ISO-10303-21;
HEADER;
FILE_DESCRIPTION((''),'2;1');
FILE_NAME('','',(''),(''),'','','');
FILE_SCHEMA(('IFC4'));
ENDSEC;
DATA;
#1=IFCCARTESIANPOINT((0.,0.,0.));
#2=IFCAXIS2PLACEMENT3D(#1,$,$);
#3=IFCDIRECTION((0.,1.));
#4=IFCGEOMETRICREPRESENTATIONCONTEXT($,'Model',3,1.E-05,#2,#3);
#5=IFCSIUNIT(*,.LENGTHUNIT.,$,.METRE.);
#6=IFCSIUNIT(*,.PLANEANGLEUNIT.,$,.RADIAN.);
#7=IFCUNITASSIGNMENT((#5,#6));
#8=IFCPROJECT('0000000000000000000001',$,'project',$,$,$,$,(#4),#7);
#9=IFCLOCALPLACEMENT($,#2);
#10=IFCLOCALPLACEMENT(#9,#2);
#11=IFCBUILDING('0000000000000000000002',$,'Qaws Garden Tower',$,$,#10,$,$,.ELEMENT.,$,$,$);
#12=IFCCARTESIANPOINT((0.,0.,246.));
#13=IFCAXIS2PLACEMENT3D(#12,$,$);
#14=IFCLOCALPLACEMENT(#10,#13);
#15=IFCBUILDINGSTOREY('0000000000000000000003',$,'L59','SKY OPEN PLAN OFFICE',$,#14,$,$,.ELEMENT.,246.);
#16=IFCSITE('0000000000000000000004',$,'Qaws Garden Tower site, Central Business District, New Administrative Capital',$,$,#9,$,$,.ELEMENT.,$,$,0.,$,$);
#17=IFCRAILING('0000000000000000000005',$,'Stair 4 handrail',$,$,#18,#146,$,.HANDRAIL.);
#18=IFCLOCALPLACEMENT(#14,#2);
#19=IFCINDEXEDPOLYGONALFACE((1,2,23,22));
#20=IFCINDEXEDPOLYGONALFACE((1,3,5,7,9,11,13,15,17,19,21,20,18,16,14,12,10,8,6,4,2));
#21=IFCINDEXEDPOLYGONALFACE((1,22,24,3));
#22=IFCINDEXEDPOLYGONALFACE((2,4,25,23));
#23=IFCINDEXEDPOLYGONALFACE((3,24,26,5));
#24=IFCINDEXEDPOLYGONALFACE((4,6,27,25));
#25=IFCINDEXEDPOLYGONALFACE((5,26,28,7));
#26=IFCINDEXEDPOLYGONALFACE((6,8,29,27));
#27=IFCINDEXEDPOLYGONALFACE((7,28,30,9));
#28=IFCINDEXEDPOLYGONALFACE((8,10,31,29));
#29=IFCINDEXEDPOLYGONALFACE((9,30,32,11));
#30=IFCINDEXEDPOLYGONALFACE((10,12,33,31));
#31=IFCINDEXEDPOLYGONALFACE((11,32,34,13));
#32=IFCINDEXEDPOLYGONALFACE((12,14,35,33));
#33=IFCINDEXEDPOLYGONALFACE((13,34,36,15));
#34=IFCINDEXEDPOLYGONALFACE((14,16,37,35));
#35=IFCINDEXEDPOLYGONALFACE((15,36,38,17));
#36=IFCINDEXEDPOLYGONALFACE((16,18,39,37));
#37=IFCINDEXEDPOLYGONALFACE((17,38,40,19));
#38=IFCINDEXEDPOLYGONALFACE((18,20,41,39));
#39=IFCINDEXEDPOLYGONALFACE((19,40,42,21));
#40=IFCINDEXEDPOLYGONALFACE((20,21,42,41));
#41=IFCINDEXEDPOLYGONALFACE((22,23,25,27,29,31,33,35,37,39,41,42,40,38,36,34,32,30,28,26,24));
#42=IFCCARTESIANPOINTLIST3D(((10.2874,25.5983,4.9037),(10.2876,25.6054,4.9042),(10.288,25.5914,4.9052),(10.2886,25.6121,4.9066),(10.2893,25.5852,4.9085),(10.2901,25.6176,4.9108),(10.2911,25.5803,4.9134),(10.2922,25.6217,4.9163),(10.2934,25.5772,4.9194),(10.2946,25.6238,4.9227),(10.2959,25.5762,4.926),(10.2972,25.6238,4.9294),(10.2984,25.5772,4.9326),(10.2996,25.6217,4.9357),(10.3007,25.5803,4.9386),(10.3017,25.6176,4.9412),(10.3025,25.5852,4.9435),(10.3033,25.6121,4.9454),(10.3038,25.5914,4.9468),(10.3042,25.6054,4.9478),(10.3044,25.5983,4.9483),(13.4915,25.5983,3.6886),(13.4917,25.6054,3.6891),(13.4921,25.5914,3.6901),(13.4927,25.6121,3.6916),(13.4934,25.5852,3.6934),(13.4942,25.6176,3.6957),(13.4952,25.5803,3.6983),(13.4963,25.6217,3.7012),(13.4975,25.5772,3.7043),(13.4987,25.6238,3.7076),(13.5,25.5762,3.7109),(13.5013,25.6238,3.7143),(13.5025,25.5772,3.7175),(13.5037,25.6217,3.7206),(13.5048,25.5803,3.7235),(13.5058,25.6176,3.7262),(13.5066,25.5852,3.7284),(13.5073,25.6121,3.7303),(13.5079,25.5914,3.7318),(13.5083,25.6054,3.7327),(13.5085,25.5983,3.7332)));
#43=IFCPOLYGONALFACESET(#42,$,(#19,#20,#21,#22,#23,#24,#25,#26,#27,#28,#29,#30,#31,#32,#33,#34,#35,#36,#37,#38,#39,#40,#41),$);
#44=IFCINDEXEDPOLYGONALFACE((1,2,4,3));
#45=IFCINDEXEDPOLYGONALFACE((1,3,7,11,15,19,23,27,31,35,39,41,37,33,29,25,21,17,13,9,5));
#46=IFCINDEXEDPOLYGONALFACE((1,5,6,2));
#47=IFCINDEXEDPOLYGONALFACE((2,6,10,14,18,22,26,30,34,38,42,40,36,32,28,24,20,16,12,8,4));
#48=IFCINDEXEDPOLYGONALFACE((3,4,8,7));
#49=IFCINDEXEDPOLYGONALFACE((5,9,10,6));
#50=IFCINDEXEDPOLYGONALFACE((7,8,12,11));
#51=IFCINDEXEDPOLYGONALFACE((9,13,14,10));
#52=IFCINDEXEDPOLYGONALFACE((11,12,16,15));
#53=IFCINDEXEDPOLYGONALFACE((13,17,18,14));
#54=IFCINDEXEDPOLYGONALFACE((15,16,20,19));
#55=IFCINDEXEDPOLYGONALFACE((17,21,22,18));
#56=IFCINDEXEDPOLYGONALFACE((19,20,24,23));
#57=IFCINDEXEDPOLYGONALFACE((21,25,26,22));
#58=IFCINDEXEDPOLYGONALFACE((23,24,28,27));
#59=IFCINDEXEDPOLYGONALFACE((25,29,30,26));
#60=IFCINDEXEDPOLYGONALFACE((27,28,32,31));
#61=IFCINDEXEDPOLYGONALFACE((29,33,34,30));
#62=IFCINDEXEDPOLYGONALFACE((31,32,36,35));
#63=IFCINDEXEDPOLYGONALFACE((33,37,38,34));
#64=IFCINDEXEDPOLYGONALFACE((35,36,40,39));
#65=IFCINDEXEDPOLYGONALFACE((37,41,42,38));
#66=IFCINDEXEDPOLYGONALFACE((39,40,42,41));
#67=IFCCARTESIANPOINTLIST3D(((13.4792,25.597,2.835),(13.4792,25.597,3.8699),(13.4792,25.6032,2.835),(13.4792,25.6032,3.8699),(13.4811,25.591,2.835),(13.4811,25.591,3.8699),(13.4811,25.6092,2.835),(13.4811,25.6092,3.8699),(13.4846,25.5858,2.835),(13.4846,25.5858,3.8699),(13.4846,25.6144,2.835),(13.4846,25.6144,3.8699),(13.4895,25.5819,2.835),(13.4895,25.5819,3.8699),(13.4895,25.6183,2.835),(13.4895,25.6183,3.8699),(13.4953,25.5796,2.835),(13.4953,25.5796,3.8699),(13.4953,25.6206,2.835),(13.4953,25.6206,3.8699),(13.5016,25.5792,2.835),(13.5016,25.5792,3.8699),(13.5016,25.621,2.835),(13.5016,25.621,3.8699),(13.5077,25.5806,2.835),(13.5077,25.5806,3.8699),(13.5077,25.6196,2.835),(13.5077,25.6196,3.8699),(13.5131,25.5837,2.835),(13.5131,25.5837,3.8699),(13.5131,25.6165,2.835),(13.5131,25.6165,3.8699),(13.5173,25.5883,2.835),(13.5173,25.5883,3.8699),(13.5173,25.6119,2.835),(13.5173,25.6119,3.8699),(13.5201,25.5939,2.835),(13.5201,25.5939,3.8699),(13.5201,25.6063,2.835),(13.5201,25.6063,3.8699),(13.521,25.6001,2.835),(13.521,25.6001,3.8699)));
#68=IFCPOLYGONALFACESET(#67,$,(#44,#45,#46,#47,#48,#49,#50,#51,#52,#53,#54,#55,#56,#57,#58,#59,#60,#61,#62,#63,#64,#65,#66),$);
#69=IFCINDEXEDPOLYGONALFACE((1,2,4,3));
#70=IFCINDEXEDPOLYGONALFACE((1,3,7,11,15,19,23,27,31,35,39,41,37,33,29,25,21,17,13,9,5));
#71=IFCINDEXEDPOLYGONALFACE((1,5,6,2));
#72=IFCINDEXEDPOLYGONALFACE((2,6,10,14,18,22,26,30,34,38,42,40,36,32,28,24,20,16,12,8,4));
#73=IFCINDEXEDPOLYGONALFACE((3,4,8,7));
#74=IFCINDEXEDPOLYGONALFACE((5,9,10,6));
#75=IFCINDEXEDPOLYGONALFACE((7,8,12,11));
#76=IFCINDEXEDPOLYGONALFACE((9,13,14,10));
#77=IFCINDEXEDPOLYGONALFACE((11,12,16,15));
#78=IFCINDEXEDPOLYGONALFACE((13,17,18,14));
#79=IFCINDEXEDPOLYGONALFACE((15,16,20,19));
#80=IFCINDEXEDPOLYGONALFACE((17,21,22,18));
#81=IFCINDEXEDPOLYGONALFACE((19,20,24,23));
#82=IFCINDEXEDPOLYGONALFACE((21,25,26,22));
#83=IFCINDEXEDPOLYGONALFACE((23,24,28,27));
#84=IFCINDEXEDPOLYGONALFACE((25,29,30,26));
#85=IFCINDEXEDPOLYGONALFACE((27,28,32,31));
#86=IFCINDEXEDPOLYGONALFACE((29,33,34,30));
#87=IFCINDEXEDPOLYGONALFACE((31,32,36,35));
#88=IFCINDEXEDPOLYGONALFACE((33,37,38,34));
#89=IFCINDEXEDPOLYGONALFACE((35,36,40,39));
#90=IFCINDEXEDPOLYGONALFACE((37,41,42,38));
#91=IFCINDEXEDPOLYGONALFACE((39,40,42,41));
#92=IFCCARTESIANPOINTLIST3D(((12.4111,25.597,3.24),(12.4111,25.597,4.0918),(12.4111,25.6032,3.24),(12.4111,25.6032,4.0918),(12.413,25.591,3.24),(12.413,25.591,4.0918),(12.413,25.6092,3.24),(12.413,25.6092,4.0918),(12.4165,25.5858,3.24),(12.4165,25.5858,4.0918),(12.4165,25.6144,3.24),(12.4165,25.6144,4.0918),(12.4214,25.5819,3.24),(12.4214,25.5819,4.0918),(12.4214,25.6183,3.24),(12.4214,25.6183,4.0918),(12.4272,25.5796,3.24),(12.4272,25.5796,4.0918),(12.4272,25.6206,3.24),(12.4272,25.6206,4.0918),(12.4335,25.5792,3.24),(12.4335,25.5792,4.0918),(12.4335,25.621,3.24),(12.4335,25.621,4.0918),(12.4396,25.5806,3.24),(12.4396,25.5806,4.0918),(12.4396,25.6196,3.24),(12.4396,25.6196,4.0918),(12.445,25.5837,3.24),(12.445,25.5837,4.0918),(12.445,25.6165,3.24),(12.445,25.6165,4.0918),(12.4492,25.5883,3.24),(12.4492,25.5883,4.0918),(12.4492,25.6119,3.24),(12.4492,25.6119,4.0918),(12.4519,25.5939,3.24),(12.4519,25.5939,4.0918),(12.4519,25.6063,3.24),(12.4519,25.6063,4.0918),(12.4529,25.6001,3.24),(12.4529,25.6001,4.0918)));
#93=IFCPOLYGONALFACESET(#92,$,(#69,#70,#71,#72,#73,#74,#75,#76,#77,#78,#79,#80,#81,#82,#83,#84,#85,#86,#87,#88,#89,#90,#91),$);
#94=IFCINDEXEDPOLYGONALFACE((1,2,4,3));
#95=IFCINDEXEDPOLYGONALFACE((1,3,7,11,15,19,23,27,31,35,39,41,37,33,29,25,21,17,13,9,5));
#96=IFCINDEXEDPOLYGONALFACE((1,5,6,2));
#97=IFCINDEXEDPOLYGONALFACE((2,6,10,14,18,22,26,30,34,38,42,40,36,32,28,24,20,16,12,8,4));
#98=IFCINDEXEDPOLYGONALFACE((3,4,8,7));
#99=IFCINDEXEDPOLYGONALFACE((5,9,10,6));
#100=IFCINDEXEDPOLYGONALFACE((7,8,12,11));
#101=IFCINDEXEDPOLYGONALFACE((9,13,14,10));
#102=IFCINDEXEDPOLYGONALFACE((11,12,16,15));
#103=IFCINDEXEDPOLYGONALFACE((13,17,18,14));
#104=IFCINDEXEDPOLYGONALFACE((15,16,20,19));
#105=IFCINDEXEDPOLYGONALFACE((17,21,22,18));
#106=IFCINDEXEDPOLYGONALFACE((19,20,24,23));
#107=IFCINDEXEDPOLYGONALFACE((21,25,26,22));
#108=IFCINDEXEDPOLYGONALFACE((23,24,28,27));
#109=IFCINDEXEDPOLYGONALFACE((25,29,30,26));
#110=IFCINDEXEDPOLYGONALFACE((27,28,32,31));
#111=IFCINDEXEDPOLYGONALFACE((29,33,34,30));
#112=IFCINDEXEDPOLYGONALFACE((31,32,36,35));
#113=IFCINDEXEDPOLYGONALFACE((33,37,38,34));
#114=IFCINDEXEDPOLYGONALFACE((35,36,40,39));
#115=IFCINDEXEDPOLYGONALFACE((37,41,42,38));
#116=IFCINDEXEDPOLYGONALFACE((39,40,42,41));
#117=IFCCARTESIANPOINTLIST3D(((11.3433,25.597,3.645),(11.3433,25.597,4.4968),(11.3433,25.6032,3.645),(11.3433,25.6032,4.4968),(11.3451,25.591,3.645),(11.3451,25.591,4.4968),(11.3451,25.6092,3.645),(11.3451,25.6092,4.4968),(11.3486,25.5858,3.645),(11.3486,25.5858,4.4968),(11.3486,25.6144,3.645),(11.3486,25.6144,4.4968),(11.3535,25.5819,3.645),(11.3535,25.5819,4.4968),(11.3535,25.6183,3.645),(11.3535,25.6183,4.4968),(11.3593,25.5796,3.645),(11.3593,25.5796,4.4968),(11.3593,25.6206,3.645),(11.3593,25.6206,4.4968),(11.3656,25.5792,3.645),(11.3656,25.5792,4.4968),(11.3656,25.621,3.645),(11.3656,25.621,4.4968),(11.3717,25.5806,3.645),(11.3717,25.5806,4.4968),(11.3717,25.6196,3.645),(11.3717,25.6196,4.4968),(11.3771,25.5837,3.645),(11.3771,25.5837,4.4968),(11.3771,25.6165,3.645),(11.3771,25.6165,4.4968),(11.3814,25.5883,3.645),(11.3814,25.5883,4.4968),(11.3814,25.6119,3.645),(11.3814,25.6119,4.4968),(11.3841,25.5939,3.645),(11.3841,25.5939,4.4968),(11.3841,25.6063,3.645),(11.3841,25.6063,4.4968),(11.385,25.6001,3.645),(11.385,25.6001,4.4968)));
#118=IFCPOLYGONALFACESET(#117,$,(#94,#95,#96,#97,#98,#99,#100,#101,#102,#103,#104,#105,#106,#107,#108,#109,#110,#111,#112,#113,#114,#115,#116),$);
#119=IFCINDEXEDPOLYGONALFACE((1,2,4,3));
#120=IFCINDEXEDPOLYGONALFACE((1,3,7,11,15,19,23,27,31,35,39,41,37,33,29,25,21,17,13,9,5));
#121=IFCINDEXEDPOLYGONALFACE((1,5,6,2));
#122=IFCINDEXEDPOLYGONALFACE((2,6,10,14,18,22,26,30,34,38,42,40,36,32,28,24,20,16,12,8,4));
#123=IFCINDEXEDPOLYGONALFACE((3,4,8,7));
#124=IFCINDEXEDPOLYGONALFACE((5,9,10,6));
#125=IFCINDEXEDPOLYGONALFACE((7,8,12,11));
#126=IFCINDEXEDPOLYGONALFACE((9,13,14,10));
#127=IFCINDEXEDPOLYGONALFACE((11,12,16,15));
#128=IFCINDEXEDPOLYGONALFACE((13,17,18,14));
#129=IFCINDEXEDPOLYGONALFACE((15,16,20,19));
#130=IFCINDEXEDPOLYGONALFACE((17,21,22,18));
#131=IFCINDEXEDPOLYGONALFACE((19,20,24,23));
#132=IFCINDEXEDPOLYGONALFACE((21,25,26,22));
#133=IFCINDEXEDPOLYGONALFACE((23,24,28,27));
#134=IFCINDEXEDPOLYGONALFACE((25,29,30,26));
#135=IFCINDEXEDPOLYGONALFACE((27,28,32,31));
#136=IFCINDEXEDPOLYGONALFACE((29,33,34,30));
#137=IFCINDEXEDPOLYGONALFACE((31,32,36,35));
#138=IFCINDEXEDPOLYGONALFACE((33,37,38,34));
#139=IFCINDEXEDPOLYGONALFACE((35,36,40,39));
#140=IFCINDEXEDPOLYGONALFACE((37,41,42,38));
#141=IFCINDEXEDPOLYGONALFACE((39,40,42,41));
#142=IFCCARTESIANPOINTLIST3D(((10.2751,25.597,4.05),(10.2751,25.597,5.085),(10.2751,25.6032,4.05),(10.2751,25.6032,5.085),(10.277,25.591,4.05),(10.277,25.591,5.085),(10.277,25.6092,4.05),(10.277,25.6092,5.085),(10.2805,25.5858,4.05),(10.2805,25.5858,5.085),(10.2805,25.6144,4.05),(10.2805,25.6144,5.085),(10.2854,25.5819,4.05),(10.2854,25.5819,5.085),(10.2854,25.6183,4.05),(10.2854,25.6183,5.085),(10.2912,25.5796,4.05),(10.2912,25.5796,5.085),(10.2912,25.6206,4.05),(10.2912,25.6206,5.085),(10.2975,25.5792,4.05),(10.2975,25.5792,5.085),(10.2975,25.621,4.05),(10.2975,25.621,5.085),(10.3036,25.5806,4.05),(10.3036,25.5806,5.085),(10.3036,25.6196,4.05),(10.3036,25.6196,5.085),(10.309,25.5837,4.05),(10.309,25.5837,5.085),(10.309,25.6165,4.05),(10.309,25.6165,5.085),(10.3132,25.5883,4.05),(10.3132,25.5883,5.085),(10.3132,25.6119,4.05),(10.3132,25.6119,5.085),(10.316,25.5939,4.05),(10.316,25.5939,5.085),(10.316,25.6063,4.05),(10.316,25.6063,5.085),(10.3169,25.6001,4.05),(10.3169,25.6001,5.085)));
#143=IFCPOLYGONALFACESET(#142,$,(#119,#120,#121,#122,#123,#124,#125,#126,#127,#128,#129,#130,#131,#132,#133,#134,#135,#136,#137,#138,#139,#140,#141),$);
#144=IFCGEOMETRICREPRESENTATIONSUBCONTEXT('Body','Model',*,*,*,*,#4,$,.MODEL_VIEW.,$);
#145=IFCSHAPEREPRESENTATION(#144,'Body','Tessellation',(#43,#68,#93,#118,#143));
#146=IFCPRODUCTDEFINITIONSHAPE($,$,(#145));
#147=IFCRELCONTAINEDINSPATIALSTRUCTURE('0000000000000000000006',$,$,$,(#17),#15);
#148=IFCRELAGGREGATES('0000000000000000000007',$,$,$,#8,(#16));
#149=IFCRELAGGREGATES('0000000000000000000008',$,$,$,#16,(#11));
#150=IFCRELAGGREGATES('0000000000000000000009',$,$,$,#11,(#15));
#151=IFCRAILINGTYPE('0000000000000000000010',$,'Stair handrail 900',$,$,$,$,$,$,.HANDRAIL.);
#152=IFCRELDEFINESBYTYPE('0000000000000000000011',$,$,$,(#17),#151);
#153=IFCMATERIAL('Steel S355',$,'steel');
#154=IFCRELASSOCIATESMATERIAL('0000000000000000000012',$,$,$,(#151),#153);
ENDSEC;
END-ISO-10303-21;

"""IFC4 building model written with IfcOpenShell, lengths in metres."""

from ifc_helpers import new_model, si_unit, direction, frame, origin, origin_2d, place, context, subcontext, project, spatial, circle, extrude, material, type_object, element, save


model = new_model("IFC4")

# Units and contexts
model_context = context("Model", 3, precision=1e-05, world=origin(), true_north=direction((0.0, 1.0)))
body_context = subcontext(model_context, "Body", "Model", "MODEL_VIEW")
ifc_project = project(units=[si_unit("LENGTHUNIT", "METRE"), si_unit("PLANEANGLEUNIT", "RADIAN")], contexts=[model_context])

# Site, building, storey
site_placement = place(None, origin())
site = spatial("IfcSite", under=ifc_project, at=site_placement, Name="Qaws Garden Tower site, Central Business District, New Administrative Capital", CompositionType="ELEMENT", RefElevation=0.0)
building_placement = place(site_placement, origin())
building = spatial("IfcBuilding", under=site, at=building_placement, Name="Qaws Garden Tower", CompositionType="ELEMENT")
storey_placement = place(building_placement, frame((0.0, 0.0, 246.0)))
storey = spatial("IfcBuildingStorey", under=building, at=storey_placement, Name="L59", Description="SKY OPEN PLAN OFFICE", CompositionType="ELEMENT", Elevation=246.0)

# Railing
ifc_material_1 = material(Name="Steel S355", Category="steel")
railing_type = type_object("IfcRailingType", Name="Stair handrail 900", PredefinedType="HANDRAIL", material=ifc_material_1)
railing_placement = place(storey_placement, frame((13.5, 25.6001, 2.835)))
element("IfcRailing", 1, at=railing_placement, inside=storey, type_object=railing_type, Name="Stair 4 handrail", PredefinedType="HANDRAIL", context=body_context, shape_type="SweptSolid", body=[
    extrude(circle(Radius=0.0239, at=origin_2d()), frame((0.0, 0.0, 0.876), z_axis=(-0.935023, 0.0, 0.354588), x_axis=(0.0, -1.0, 0.0)), (0.0, 0.0, 1.0), 3.4268),
    extrude(circle(Radius=0.021, at=origin_2d()), origin(), (0.0, 0.0, 1.0), 1.0349),
    extrude(circle(Radius=0.021, at=origin_2d()), frame((-1.0681, 0.0, 0.405)), (0.0, 0.0, 1.0), 0.8518),
    extrude(circle(Radius=0.021, at=origin_2d()), frame((-2.136, 0.0, 0.8101)), (0.0, 0.0, 1.0), 0.8518),
    extrude(circle(Radius=0.021, at=origin_2d()), frame((-3.2041, 0.0, 1.2151)), (0.0, 0.0, 1.0), 1.0349),
])

save(model, "model.ifc")
